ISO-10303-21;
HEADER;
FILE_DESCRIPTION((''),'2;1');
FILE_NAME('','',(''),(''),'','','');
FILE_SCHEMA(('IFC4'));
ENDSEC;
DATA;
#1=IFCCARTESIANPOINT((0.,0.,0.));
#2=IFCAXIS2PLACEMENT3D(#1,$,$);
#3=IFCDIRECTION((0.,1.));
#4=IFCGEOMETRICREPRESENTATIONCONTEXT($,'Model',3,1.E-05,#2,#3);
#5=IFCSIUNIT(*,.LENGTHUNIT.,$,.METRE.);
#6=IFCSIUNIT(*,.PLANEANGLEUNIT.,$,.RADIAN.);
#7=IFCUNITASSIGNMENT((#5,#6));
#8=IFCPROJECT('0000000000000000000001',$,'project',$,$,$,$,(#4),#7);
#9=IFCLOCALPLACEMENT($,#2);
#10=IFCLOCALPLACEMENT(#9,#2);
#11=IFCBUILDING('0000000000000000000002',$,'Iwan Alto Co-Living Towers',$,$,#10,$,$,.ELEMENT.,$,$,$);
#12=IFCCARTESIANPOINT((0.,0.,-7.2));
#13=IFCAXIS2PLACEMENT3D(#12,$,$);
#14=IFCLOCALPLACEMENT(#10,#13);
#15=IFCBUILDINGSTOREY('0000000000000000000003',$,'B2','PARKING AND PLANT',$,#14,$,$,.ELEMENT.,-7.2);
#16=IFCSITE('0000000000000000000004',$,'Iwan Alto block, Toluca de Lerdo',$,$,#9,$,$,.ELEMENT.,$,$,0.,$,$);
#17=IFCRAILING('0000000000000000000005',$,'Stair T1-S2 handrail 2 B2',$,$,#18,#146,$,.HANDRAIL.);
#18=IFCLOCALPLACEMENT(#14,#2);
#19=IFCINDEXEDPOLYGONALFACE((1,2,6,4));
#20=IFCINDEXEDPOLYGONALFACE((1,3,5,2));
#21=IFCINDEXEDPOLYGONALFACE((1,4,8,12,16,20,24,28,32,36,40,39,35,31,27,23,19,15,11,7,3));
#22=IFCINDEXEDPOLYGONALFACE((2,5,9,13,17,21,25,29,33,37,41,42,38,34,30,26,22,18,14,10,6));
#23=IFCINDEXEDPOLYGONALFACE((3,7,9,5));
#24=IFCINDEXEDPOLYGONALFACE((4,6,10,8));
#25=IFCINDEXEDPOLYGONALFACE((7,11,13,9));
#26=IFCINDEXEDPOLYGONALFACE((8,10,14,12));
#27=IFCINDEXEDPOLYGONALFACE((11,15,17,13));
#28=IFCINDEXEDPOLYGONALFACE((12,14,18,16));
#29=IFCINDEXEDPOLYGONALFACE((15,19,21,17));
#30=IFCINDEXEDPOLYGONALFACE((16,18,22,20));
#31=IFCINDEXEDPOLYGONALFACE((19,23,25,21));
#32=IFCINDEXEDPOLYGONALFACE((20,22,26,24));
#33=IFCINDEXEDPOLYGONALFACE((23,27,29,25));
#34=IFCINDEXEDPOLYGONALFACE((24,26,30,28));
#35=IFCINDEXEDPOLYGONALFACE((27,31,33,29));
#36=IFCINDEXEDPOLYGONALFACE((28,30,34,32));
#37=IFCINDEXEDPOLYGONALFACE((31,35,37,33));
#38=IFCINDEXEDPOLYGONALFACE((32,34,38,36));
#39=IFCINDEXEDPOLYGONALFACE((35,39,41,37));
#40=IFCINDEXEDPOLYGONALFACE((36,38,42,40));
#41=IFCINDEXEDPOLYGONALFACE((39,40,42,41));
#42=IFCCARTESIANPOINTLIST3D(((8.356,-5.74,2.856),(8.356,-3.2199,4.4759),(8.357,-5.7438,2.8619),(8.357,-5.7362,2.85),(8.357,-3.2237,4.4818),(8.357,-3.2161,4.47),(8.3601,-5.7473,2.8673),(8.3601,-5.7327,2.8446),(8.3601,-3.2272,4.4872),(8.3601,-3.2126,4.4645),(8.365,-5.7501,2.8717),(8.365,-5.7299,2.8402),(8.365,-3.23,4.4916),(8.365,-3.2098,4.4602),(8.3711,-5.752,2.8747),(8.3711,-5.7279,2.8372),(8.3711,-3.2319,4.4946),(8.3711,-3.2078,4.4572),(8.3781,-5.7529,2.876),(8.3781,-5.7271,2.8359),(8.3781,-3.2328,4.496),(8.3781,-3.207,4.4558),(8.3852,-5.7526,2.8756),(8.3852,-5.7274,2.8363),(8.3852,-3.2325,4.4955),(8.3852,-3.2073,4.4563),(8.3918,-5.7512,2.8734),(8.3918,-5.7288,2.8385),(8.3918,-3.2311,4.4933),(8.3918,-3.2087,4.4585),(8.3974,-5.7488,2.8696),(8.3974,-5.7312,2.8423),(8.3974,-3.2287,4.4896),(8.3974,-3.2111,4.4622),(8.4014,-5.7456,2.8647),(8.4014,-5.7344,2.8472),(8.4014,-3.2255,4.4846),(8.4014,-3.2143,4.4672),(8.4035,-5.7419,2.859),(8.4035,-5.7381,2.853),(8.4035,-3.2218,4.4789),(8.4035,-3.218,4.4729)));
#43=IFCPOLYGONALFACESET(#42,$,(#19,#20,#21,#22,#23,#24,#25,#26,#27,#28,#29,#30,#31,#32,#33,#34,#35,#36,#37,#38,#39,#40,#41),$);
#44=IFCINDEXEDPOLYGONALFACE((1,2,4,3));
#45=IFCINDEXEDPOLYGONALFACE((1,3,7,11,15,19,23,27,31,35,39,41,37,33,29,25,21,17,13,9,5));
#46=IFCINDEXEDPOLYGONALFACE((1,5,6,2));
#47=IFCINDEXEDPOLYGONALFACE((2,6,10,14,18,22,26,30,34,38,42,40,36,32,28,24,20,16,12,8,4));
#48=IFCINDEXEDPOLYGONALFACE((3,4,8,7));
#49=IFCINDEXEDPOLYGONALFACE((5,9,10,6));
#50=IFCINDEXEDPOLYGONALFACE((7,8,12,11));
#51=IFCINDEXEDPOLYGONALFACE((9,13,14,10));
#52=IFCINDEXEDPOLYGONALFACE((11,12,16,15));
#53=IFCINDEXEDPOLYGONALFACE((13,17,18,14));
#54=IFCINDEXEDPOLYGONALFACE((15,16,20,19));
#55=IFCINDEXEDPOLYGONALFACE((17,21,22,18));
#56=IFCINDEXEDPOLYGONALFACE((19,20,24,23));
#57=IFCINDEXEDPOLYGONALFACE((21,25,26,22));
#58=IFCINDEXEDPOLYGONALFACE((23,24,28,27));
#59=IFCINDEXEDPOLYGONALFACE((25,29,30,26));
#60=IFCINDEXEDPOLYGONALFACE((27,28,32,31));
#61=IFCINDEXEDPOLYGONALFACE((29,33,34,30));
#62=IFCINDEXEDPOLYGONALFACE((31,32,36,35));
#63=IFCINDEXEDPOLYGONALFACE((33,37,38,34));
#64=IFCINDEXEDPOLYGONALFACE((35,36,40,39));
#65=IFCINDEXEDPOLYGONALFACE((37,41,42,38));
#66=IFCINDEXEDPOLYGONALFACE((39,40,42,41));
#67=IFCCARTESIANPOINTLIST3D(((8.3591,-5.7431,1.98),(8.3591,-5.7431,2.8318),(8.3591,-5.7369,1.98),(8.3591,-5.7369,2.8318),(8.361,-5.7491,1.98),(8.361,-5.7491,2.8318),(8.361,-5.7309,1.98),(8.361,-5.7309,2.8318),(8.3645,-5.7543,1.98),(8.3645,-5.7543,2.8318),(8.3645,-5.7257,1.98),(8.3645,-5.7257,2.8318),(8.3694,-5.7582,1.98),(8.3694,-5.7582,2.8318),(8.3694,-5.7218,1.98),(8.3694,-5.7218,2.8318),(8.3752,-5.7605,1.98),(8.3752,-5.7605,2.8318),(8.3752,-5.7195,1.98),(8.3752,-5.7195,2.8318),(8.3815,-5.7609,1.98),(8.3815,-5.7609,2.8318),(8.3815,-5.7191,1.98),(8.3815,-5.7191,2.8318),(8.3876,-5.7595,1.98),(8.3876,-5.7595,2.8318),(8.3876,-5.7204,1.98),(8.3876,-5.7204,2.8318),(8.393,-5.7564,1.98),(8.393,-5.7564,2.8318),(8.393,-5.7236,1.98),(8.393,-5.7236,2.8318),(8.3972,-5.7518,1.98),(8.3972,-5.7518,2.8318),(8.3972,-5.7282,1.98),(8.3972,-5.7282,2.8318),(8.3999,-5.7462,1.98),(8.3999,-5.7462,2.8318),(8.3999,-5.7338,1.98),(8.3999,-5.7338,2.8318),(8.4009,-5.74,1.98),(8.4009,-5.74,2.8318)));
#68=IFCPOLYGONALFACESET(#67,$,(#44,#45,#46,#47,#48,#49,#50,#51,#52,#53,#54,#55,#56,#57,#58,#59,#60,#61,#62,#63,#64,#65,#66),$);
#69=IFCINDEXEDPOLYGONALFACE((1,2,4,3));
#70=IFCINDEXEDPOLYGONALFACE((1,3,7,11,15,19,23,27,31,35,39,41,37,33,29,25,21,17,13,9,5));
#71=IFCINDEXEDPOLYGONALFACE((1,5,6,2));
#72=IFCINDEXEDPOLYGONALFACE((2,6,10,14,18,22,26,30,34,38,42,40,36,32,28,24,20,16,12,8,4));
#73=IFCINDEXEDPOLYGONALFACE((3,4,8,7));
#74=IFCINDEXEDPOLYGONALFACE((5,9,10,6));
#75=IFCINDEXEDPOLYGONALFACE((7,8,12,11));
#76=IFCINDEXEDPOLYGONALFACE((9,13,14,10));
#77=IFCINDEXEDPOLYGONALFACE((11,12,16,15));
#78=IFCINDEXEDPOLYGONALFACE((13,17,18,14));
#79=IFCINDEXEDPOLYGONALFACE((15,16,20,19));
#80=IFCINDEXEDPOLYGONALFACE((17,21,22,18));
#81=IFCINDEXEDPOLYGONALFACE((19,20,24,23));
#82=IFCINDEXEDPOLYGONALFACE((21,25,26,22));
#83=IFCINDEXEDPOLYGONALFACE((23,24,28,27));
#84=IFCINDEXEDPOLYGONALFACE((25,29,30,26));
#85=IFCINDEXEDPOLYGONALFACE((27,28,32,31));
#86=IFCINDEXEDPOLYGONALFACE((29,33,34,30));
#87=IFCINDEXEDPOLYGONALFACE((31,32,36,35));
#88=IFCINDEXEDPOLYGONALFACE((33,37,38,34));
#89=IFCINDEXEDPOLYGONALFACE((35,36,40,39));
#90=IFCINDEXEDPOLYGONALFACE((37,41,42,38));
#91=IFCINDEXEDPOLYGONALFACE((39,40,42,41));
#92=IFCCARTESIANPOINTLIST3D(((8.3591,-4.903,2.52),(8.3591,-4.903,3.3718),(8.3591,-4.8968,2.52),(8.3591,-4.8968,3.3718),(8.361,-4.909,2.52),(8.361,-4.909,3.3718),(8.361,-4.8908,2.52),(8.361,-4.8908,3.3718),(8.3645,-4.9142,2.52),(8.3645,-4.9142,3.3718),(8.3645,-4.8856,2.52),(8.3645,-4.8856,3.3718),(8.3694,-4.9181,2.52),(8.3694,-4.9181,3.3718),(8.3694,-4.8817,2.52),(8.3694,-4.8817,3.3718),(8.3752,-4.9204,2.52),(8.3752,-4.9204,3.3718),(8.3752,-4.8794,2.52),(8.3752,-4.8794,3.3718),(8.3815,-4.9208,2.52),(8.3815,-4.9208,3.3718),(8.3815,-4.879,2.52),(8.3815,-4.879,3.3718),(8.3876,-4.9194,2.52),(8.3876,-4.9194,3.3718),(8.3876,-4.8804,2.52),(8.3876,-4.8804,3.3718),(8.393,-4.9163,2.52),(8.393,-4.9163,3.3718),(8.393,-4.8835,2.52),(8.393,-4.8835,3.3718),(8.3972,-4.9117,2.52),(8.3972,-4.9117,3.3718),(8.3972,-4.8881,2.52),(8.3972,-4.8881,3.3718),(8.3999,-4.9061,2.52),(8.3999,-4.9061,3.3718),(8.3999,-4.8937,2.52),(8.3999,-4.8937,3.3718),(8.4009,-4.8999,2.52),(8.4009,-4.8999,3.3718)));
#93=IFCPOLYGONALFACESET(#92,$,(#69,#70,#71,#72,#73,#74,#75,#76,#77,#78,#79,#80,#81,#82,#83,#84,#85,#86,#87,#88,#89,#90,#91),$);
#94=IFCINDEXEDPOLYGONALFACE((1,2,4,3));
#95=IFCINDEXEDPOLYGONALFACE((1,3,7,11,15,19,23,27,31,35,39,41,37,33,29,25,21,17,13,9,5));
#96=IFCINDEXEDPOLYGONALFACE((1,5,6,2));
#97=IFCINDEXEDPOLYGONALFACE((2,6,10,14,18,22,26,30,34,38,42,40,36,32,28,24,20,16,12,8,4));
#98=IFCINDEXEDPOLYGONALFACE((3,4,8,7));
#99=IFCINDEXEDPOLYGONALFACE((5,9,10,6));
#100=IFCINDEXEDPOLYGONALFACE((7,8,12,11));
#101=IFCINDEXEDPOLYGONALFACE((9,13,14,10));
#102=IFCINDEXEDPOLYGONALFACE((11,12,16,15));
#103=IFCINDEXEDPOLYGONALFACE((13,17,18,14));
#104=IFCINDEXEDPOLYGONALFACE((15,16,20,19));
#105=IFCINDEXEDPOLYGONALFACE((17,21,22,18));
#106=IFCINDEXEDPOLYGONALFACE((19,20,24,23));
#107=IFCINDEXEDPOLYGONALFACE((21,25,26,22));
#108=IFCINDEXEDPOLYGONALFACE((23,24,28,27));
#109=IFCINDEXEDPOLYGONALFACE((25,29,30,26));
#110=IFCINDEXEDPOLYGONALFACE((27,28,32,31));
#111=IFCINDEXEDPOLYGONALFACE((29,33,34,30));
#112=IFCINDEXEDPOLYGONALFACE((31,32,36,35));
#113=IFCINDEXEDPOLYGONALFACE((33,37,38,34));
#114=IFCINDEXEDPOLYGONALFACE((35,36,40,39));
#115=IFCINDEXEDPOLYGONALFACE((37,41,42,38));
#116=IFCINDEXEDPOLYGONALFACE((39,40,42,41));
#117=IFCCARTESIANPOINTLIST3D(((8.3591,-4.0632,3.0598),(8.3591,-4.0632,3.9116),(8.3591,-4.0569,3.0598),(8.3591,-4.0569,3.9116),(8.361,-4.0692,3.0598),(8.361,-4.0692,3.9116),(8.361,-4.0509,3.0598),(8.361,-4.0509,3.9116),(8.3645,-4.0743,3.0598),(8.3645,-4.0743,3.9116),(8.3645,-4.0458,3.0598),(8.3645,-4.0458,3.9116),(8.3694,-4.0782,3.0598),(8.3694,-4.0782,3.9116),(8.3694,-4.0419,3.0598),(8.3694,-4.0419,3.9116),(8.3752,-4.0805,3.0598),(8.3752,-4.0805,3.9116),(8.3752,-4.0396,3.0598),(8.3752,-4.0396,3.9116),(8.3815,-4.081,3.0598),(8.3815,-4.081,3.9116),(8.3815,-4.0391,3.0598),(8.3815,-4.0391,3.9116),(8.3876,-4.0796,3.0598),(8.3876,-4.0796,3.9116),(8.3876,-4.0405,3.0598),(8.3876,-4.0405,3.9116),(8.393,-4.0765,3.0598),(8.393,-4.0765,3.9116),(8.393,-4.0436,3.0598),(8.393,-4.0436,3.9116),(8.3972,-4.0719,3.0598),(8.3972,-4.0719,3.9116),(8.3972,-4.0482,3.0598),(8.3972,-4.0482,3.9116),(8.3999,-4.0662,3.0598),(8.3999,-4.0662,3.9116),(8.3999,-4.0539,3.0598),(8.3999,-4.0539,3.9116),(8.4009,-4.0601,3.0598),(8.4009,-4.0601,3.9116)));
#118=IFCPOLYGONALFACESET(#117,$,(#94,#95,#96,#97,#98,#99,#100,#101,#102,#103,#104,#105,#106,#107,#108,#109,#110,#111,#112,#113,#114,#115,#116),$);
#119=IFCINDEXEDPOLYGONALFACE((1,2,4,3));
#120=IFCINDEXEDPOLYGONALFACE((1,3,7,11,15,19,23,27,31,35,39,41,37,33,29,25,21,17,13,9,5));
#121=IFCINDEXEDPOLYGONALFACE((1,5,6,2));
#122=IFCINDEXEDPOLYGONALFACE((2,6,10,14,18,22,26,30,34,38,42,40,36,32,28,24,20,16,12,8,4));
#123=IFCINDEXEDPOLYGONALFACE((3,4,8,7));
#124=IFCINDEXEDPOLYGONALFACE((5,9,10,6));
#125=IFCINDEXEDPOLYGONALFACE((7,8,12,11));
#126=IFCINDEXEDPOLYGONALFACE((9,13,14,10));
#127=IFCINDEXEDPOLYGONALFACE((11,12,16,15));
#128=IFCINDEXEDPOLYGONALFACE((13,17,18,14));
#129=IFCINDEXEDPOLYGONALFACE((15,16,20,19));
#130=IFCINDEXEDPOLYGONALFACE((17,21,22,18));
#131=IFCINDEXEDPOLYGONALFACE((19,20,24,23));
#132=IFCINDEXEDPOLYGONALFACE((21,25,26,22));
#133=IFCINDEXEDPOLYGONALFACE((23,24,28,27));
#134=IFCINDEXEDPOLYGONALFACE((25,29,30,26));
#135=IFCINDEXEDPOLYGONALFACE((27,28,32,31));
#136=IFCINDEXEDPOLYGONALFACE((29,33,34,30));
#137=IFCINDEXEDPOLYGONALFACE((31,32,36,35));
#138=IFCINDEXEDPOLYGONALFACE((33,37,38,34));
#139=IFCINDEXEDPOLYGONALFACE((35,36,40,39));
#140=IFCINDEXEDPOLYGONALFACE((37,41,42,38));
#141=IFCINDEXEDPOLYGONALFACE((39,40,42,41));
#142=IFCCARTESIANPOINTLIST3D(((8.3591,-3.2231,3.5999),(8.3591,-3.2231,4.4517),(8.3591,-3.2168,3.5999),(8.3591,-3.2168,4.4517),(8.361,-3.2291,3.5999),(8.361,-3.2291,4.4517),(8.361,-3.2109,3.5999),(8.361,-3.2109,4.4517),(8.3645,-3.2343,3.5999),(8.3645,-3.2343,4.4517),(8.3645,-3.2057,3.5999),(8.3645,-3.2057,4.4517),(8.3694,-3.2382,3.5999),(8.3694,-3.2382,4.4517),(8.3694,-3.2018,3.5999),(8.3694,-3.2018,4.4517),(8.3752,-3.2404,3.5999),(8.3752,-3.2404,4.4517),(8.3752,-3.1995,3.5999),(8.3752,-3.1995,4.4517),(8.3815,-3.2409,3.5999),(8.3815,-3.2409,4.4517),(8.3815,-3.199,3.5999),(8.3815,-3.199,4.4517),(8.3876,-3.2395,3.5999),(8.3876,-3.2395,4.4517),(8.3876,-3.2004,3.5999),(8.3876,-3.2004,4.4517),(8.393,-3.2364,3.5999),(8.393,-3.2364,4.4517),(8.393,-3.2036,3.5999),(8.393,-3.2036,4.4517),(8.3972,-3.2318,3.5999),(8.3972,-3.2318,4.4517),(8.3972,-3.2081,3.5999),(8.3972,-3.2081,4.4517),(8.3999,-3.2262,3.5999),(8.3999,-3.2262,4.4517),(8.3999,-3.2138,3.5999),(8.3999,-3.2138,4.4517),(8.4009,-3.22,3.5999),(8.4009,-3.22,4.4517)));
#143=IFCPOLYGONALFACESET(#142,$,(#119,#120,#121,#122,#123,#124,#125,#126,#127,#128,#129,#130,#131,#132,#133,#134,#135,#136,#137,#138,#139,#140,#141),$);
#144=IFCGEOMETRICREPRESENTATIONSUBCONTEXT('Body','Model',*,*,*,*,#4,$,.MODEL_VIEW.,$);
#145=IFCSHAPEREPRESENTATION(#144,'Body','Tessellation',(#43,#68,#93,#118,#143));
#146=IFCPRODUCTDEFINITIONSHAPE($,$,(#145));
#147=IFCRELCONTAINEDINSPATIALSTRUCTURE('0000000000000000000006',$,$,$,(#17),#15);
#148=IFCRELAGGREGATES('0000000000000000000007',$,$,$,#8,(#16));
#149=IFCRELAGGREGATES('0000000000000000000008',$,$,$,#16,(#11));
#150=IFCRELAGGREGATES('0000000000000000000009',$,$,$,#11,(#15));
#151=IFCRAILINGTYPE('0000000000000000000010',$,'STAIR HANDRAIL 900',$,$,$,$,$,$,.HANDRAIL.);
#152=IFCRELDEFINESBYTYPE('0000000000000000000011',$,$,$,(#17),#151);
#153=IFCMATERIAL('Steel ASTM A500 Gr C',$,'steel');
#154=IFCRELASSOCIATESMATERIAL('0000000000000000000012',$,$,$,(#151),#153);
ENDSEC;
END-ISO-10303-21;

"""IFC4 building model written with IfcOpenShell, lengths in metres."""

from ifc_helpers import new_model, si_unit, direction, frame, origin, origin_2d, place, context, subcontext, project, spatial, circle, extrude, material, type_object, element, save


model = new_model("IFC4")

# Units and contexts
model_context = context("Model", 3, precision=1e-05, world=origin(), true_north=direction((0.0, 1.0)))
body_context = subcontext(model_context, "Body", "Model", "MODEL_VIEW")
ifc_project = project(units=[si_unit("LENGTHUNIT", "METRE"), si_unit("PLANEANGLEUNIT", "RADIAN")], contexts=[model_context])

# Site, building, storey
site_placement = place(None, origin())
site = spatial("IfcSite", under=ifc_project, at=site_placement, Name="Iwan Alto block, Toluca de Lerdo", CompositionType="ELEMENT", RefElevation=0.0)
building_placement = place(site_placement, origin())
building = spatial("IfcBuilding", under=site, at=building_placement, Name="Iwan Alto Co-Living Towers", CompositionType="ELEMENT")
storey_placement = place(building_placement, frame((0.0, 0.0, -7.2)))
storey = spatial("IfcBuildingStorey", under=building, at=storey_placement, Name="B2", Description="PARKING AND PLANT", CompositionType="ELEMENT", Elevation=-7.2)

# Railing
ifc_material_1 = material(Name="Steel ASTM A500 Gr C", Category="steel")
railing_type_1 = type_object("IfcRailingType", Name="STAIR HANDRAIL 900", PredefinedType="HANDRAIL", material=ifc_material_1)
railing_1_placement = place(storey_placement, frame((8.3799, -5.74, 1.98)))
element("IfcRailing", 1, at=railing_1_placement, inside=storey, type_object=railing_type_1, Name="Stair T1-S2 handrail 2 B2", PredefinedType="HANDRAIL", context=body_context, shape_type="SweptSolid", body=[
    extrude(circle(Radius=0.0239, at=origin_2d()), frame((0.0, 0.0, 0.876), z_axis=(0.0, 0.8412, 0.540725), x_axis=(-1.0, 0.0, 0.0)), (0.0, 0.0, 1.0), 2.9958),
    extrude(circle(Radius=0.021, at=origin_2d()), origin(), (0.0, 0.0, 1.0), 0.8518),
    extrude(circle(Radius=0.021, at=origin_2d()), frame((0.0, 0.8401, 0.54)), (0.0, 0.0, 1.0), 0.8518),
    extrude(circle(Radius=0.021, at=origin_2d()), frame((0.0, 1.6799, 1.0798)), (0.0, 0.0, 1.0), 0.8518),
    extrude(circle(Radius=0.021, at=origin_2d()), frame((0.0, 2.52, 1.6199)), (0.0, 0.0, 1.0), 0.8518),
])

save(model, "model.ifc")
